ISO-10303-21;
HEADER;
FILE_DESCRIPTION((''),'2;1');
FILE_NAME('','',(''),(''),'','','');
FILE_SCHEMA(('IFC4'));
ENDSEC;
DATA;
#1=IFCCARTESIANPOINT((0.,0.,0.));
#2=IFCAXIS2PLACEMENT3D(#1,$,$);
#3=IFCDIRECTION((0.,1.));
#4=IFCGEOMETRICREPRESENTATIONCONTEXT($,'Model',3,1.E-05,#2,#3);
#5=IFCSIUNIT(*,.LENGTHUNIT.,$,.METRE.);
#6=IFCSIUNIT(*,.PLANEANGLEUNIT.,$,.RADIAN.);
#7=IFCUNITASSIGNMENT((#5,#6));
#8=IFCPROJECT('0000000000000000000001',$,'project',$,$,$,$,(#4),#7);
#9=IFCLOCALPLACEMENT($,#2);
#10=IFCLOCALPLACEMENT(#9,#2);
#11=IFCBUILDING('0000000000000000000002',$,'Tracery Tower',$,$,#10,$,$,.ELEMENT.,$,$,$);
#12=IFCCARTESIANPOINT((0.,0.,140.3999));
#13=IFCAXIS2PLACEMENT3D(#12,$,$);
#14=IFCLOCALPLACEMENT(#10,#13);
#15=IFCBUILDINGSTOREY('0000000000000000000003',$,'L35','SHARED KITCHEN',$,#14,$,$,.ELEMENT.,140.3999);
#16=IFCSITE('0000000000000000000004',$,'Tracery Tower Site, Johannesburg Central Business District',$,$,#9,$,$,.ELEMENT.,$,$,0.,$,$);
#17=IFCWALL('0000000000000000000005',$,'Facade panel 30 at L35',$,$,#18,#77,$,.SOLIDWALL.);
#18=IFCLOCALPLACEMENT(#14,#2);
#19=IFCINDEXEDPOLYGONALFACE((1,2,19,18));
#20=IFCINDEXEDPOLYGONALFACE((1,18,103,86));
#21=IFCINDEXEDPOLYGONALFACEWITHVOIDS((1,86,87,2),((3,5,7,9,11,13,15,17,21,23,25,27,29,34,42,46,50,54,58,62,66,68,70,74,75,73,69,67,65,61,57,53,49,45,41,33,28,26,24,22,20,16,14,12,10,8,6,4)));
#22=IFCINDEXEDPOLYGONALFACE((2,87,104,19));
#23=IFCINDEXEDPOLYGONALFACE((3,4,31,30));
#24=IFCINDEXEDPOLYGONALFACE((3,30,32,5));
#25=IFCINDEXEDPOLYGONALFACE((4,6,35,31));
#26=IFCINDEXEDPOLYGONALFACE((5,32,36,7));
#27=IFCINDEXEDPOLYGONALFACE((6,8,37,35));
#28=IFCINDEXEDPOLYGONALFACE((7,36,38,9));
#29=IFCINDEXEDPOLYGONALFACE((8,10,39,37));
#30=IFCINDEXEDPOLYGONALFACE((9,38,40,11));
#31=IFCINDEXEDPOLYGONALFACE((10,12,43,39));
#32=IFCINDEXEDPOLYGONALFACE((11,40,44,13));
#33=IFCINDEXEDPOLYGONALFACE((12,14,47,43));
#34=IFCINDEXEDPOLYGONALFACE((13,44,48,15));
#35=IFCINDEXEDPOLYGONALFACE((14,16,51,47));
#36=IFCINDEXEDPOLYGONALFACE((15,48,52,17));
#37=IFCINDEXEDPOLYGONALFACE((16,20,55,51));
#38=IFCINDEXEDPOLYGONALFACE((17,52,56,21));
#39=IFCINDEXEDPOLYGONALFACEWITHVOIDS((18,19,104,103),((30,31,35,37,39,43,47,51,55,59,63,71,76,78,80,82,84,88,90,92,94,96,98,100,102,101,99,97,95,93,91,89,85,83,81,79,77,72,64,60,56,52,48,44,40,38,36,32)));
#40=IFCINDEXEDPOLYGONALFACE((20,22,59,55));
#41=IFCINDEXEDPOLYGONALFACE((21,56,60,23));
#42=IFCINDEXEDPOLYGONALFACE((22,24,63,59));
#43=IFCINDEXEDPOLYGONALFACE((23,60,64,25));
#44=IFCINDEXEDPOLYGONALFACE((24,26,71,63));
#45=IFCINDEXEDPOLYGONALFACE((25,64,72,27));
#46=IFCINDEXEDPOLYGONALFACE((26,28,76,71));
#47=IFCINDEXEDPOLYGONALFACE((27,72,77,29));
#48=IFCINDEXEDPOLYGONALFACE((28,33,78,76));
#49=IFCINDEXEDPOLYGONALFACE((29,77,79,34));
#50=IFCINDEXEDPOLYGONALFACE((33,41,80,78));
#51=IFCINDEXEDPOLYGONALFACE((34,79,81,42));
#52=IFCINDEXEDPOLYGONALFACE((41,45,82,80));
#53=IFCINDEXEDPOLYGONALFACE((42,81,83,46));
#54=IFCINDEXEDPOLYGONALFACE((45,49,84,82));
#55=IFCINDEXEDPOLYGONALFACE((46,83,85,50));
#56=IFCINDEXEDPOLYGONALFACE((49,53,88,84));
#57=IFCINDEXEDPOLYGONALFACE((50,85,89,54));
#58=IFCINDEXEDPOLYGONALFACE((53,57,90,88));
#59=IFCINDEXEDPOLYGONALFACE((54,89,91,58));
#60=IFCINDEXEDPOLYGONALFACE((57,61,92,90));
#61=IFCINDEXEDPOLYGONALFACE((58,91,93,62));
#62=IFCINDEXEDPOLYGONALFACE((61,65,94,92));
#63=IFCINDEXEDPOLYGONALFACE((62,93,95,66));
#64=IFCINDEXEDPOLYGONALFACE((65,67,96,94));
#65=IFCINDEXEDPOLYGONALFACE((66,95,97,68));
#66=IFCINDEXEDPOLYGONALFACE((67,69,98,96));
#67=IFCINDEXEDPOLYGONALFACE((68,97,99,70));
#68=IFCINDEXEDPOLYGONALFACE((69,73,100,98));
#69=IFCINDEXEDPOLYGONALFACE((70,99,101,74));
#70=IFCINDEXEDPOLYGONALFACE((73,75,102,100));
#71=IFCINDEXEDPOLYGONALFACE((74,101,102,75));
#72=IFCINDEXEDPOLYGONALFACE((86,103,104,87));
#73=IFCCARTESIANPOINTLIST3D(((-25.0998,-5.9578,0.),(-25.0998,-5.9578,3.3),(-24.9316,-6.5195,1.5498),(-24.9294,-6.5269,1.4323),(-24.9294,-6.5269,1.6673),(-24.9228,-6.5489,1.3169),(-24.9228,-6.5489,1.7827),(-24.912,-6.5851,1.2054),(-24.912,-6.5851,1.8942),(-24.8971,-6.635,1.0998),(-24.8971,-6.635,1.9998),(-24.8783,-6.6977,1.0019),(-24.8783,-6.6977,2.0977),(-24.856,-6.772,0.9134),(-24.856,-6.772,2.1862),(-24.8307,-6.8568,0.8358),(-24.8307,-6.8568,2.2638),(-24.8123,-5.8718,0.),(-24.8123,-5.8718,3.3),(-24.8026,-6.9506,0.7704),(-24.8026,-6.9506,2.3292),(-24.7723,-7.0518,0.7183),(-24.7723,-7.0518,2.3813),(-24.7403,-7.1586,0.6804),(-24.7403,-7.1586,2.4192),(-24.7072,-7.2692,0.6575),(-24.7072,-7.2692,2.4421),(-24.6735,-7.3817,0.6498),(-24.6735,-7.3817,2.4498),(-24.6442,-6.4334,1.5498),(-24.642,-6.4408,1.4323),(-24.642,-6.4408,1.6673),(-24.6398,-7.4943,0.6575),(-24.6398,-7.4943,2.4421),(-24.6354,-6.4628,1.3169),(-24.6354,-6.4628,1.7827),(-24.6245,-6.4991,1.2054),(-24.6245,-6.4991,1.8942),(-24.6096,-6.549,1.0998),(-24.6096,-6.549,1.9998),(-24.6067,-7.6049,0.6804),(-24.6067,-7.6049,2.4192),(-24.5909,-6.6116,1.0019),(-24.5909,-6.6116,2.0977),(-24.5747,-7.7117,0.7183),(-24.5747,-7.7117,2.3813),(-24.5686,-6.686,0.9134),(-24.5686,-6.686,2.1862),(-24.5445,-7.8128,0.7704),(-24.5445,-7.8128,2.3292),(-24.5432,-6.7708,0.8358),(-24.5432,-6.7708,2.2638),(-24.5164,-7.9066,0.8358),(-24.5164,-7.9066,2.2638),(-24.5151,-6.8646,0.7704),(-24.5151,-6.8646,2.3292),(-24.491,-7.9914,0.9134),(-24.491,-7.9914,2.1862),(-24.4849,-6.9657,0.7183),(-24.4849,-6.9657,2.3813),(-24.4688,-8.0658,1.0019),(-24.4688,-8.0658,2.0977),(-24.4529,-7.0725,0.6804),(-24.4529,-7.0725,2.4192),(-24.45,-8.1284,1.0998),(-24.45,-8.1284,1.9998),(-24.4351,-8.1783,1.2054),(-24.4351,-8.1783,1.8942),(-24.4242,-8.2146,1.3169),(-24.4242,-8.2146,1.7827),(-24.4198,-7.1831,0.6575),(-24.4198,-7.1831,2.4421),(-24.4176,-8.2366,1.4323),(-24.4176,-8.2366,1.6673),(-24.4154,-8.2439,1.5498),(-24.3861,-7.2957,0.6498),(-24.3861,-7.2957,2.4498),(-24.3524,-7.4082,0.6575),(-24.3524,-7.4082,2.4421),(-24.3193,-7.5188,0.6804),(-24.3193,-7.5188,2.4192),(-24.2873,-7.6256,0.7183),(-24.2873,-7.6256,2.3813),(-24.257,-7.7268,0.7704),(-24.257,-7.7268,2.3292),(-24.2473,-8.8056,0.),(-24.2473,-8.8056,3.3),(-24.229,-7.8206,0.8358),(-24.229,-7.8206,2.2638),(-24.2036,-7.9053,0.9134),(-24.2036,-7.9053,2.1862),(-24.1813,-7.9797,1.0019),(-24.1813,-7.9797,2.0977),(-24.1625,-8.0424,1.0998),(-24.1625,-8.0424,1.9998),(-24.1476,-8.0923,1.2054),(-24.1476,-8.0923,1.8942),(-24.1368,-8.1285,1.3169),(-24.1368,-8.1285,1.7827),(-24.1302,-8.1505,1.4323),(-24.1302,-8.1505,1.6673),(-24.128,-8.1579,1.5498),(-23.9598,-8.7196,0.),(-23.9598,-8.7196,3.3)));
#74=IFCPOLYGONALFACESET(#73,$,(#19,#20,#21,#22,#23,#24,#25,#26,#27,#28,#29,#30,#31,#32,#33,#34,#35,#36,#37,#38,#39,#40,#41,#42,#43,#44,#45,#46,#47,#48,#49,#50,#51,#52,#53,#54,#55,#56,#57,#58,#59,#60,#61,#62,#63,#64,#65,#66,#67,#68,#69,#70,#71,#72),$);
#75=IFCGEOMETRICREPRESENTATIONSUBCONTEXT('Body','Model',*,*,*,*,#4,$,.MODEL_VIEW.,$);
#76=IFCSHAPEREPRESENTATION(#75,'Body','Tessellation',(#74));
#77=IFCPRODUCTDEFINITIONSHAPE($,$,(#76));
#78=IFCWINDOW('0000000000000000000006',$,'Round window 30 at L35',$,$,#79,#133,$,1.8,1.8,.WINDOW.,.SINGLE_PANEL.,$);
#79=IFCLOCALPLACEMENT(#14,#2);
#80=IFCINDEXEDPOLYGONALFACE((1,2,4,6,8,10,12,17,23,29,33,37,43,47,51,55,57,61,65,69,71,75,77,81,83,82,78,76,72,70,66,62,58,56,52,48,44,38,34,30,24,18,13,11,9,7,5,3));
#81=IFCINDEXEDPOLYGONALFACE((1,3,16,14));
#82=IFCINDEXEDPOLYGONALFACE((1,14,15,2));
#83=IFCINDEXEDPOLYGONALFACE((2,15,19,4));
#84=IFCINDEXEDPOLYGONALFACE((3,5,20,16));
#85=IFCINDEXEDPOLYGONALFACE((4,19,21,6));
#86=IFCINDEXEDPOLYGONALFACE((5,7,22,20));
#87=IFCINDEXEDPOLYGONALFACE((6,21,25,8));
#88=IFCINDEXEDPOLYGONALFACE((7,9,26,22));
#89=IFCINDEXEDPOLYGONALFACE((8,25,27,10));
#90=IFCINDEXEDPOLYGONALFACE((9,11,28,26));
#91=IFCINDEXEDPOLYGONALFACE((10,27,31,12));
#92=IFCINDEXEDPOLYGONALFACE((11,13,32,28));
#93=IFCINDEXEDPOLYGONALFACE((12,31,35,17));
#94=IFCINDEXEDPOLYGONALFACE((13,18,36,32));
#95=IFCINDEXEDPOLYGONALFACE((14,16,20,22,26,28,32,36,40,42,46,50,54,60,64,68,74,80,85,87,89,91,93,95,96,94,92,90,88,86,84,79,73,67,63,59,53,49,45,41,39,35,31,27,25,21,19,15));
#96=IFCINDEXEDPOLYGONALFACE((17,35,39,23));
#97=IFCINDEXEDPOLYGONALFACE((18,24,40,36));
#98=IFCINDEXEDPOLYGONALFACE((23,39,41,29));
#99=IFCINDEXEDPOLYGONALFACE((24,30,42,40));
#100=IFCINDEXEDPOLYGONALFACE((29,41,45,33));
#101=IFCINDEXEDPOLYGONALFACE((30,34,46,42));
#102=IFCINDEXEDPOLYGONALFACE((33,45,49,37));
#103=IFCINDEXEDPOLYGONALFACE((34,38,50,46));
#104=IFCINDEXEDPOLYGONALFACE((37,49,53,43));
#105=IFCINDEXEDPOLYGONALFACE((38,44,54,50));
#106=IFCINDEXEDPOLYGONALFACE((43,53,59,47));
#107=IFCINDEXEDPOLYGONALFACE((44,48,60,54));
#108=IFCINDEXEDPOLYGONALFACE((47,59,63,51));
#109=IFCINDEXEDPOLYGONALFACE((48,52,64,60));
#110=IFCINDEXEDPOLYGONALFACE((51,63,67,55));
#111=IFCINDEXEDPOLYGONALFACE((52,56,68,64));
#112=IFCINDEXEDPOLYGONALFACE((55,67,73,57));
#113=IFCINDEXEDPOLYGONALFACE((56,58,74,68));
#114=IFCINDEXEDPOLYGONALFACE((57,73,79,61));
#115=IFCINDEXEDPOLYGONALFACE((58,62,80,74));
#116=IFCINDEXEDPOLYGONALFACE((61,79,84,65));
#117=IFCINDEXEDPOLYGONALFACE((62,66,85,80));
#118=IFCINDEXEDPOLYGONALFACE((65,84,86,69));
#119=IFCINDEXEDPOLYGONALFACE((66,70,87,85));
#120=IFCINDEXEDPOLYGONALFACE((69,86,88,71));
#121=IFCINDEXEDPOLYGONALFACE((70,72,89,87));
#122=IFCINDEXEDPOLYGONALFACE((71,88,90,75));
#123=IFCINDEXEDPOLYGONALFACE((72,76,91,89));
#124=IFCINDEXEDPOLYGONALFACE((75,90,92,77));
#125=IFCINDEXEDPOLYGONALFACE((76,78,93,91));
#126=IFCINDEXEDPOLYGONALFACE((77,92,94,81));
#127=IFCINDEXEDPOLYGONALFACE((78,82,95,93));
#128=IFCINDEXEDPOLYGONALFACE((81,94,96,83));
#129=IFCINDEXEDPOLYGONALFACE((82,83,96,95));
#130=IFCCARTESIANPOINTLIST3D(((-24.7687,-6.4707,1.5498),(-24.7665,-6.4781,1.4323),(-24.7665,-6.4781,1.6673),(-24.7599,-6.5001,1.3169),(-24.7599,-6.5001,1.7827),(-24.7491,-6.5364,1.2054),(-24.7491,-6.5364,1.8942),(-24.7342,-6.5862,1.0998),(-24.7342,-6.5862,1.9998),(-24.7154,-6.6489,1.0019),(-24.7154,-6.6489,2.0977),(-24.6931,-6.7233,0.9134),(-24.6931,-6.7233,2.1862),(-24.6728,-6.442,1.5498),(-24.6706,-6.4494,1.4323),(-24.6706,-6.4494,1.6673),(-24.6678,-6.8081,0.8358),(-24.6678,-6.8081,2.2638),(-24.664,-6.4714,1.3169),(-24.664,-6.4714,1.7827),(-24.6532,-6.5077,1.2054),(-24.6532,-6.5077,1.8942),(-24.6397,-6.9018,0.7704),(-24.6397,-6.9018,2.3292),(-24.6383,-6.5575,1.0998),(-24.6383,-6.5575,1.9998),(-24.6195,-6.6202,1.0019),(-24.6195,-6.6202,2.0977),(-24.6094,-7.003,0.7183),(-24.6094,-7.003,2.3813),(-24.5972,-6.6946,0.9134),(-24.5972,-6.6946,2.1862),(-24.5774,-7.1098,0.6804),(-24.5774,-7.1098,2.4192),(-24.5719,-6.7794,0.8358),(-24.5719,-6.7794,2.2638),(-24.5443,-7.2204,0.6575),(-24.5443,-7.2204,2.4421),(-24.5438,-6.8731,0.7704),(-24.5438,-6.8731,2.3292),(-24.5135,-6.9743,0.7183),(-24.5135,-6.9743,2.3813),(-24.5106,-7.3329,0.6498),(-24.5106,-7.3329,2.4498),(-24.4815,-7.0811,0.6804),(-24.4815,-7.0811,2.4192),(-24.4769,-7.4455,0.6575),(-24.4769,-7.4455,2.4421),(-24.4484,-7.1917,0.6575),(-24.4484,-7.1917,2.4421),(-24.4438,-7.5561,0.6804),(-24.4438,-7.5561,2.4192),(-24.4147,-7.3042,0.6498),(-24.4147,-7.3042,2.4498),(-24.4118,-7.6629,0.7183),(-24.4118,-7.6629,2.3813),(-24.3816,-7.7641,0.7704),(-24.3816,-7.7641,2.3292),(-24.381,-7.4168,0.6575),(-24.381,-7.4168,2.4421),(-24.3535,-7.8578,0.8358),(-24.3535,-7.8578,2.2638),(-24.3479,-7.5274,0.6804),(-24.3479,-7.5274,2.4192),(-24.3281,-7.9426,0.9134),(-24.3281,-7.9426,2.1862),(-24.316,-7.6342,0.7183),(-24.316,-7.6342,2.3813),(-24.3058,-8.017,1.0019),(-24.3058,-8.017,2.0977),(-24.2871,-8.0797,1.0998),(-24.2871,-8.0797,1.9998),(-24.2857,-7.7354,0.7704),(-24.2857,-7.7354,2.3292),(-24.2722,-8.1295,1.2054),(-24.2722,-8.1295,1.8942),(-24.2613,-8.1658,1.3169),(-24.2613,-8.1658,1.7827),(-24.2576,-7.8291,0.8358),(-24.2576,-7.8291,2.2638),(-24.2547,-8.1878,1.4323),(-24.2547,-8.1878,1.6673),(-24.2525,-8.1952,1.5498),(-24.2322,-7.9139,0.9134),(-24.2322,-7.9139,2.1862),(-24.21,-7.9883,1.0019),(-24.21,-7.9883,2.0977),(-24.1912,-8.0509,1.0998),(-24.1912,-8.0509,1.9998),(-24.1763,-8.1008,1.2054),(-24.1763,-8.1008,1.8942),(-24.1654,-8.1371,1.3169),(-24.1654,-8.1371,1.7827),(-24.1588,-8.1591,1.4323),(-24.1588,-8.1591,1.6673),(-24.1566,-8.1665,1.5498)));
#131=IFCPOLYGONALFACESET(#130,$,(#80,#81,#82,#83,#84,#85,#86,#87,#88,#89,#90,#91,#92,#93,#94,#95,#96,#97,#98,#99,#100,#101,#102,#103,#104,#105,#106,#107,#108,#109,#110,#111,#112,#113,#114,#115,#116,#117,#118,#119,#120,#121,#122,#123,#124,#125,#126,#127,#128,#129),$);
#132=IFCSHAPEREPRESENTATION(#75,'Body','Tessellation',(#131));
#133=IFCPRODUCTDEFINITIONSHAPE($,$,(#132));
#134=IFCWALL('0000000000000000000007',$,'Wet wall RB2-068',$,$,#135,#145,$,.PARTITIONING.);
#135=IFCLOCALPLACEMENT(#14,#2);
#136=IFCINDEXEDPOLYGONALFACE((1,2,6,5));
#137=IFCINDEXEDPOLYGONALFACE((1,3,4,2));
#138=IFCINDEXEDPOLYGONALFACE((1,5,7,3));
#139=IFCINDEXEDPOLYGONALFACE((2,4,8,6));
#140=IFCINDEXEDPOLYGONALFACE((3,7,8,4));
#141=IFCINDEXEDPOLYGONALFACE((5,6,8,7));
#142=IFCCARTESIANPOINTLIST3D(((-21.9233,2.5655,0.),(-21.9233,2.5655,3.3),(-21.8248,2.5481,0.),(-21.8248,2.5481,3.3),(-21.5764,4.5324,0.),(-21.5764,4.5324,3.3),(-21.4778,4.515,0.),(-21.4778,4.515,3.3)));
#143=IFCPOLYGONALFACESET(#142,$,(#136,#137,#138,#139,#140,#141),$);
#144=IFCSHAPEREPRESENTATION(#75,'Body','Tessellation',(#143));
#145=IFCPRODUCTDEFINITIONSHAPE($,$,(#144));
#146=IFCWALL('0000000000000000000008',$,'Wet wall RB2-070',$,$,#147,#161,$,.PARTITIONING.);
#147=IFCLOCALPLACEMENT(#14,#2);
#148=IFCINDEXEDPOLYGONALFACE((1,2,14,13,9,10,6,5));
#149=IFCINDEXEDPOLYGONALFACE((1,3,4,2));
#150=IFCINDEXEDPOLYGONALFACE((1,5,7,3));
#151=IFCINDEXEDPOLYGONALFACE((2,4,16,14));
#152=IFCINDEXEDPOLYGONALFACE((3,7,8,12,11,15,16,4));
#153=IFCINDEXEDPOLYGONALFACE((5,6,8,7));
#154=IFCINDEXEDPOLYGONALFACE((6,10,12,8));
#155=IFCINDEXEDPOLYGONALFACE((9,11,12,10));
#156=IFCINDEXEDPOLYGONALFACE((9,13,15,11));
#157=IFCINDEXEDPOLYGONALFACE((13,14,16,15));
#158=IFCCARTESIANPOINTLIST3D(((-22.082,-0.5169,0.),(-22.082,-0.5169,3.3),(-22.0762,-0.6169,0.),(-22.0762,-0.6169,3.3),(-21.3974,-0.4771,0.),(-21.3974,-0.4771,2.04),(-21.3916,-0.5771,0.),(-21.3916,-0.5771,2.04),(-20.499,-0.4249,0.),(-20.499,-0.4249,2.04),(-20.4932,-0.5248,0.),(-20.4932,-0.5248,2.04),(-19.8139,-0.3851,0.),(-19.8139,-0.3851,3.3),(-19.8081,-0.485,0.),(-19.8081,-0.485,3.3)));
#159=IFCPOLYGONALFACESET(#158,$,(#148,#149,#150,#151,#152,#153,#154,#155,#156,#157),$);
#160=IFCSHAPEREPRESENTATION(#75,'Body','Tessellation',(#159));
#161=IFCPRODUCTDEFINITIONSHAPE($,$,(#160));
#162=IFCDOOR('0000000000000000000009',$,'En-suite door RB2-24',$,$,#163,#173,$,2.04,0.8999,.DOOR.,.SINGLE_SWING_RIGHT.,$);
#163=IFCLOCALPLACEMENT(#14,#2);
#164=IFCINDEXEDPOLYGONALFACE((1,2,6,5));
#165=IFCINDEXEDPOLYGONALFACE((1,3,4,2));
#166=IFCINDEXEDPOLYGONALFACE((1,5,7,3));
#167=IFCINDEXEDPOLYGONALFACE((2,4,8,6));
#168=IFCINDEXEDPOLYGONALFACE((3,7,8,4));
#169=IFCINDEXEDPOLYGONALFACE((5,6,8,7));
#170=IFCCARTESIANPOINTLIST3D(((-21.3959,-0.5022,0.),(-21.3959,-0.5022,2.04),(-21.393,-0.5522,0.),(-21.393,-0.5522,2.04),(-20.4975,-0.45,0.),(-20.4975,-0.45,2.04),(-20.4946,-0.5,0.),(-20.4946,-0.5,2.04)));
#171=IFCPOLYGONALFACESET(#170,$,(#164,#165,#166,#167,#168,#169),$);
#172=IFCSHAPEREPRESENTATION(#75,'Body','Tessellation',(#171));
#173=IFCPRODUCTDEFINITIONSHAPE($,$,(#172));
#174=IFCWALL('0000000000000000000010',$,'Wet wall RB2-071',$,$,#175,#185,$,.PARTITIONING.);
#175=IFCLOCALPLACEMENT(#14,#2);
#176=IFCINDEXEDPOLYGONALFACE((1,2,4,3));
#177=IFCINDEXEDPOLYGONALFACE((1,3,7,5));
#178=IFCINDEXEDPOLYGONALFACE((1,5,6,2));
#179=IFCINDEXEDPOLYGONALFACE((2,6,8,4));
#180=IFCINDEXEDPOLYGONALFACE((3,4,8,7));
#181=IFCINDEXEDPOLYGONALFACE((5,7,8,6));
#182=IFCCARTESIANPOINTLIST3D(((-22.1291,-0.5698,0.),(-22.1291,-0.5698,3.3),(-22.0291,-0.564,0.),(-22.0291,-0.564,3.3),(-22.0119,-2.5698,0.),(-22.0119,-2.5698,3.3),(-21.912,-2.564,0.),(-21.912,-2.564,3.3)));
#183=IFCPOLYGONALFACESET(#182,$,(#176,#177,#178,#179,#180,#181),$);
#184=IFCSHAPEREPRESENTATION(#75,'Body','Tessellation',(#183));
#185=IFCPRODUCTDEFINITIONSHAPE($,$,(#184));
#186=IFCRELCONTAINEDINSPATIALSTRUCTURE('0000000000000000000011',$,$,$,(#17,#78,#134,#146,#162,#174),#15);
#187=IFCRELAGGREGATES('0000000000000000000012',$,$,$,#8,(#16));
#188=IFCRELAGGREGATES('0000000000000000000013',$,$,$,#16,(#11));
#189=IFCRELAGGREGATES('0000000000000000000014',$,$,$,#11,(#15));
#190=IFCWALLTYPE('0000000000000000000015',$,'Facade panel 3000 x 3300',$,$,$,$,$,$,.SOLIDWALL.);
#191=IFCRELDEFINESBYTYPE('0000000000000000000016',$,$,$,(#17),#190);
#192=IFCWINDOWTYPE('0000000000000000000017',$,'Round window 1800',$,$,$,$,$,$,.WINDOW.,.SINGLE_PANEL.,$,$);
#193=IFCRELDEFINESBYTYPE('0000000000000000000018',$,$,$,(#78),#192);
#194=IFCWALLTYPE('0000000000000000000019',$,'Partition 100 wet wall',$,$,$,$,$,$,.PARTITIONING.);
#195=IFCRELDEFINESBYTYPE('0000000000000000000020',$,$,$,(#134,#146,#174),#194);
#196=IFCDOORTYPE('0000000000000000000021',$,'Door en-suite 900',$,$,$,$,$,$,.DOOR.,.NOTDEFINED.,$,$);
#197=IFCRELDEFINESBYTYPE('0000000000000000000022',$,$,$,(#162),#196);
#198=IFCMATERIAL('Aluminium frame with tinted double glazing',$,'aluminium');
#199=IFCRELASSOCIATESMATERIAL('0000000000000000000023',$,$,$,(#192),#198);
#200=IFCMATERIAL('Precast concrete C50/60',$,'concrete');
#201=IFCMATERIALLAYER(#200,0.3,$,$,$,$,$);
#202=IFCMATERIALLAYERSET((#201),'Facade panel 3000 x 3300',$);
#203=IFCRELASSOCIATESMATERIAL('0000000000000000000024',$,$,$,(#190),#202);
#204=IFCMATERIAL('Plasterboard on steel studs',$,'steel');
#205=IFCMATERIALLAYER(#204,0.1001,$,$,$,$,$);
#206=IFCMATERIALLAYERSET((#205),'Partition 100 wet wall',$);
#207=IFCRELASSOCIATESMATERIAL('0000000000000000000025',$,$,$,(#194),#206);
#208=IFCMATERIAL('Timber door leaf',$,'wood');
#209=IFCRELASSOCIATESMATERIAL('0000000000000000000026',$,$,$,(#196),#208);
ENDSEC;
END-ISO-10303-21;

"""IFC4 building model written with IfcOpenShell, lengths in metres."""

from ifc_helpers import new_model, si_unit, direction, frame, frame_2d, origin, origin_2d, place, context, subcontext, project, spatial, rectangle, circle, extrude, material, layer, layer_set, type_object, element, fill, save


model = new_model("IFC4")

# Units and contexts
model_context = context("Model", 3, precision=1e-05, world=origin(), true_north=direction((0.0, 1.0)))
body_context = subcontext(model_context, "Body", "Model", "MODEL_VIEW")
ifc_project = project(units=[si_unit("LENGTHUNIT", "METRE"), si_unit("PLANEANGLEUNIT", "RADIAN")], contexts=[model_context])

# Site, building, storey
site_placement = place(None, origin())
site = spatial("IfcSite", under=ifc_project, at=site_placement, Name="Tracery Tower Site, Johannesburg Central Business District", CompositionType="ELEMENT", RefElevation=0.0)
building_placement = place(site_placement, origin())
building = spatial("IfcBuilding", under=site, at=building_placement, Name="Tracery Tower", CompositionType="ELEMENT")
storey_placement = place(building_placement, frame((0.0, 0.0, 140.3999)))
storey = spatial("IfcBuildingStorey", under=building, at=storey_placement, Name="L35", Description="SHARED KITCHEN", CompositionType="ELEMENT", Elevation=140.3999)

# Wall, opening, window
ifc_material_1 = material(Name="Aluminium frame with tinted double glazing", Category="aluminium")
window_type = type_object("IfcWindowType", Name="Round window 1800", PartitioningType="SINGLE_PANEL", PredefinedType="WINDOW", material=ifc_material_1)
ifc_material_2 = material(Name="Precast concrete C50/60", Category="concrete")
ifc_layer_1 = layer(ifc_material_2, 0.3)
ifc_layer_set_1 = layer_set([ifc_layer_1], Name="Facade panel 3000 x 3300")
wall_type_1 = type_object("IfcWallType", Name="Facade panel 3000 x 3300", PredefinedType="SOLIDWALL", material=ifc_layer_set_1)
wall_1_placement = place(storey_placement, frame((-24.9561, -5.9148, 0.0), z_axis=(0.0, 0.0, 1.0), x_axis=(0.286783, -0.957996, 0.0)))
wall_1 = element("IfcWall", 1, at=wall_1_placement, inside=storey, type_object=wall_type_1, Name="Facade panel 30 at L35", PredefinedType="SOLIDWALL", context=body_context, shape_type="SweptSolid", body=[
    extrude(rectangle(XDim=2.9727, YDim=0.3, at=frame_2d((1.4863, 0.0))), origin(), (0.0, 0.0, 1.0), 3.3),
])
opening_1_placement = place(wall_1_placement, frame((1.4863, 0.0, 1.5498)))
opening_1 = element("IfcOpeningElement", 2, at=opening_1_placement, cuts=wall_1, PredefinedType="OPENING", context=body_context, shape_type="SweptSolid", body=[
    extrude(circle(Radius=0.9, at=origin_2d()), frame((0.0, 0.1599, 0.0), z_axis=(0.0, -1.0, 0.0), x_axis=(1.0, 0.0, 0.0)), (0.0, 0.0, 1.0), 0.3201),
])
window_1_placement = place(opening_1_placement, origin())
window_1 = element("IfcWindow", 3, at=window_1_placement, inside=storey, type_object=window_type, Name="Round window 30 at L35", OverallHeight=1.8, OverallWidth=1.8, PartitioningType="SINGLE_PANEL", PredefinedType="WINDOW", context=body_context, shape_type="SweptSolid", body=[
    extrude(circle(Radius=0.9, at=origin_2d()), frame((0.0, 0.1201, 0.0), z_axis=(0.0, -1.0, 0.0), x_axis=(1.0, 0.0, 0.0)), (0.0, 0.0, 1.0), 0.1001),
])
fill(opening_1, window_1)

# Wall
ifc_material_3 = material(Name="Plasterboard on steel studs", Category="steel")
ifc_layer_2 = layer(ifc_material_3, 0.1001)
ifc_layer_set_2 = layer_set([ifc_layer_2], Name="Partition 100 wet wall")
wall_type_2 = type_object("IfcWallType", Name="Partition 100 wet wall", PredefinedType="PARTITIONING", material=ifc_layer_set_2)
wall_2_placement = place(storey_placement, frame((-21.874, 2.5569, 0.0), z_axis=(0.0, 0.0, 1.0), x_axis=(0.173688, 0.984801, 0.0)))
element("IfcWall", 4, at=wall_2_placement, inside=storey, type_object=wall_type_2, Name="Wet wall RB2-068", PredefinedType="PARTITIONING", context=body_context, shape_type="SweptSolid", body=[
    extrude(rectangle(XDim=1.9973, YDim=0.1001, at=frame_2d((0.9985, 0.0))), origin(), (0.0, 0.0, 1.0), 3.3),
])

# Wall, opening, door
wall_3_placement = place(storey_placement, frame((-22.0791, -0.5669, 0.0), z_axis=(0.0, 0.0, 1.0), x_axis=(0.998315, 0.058029, 0.0)))
wall_3 = element("IfcWall", 5, at=wall_3_placement, inside=storey, type_object=wall_type_2, Name="Wet wall RB2-070", PredefinedType="PARTITIONING", context=body_context, shape_type="SweptSolid", body=[
    extrude(rectangle(XDim=2.272, YDim=0.1001, at=frame_2d((1.136, 0.0))), origin(), (0.0, 0.0, 1.0), 3.3),
])
opening_2_placement = place(wall_3_placement, frame((0.6858, 0.0, 0.0)))
opening_2 = element("IfcOpeningElement", 6, at=opening_2_placement, cuts=wall_3, PredefinedType="OPENING", context=body_context, shape_type="SweptSolid", body=[
    extrude(rectangle(XDim=0.8999, YDim=2.04, at=frame_2d((0.45, 1.02))), frame((0.0, 0.05, 0.0), z_axis=(0.0, -1.0, 0.0), x_axis=(1.0, 0.0, 0.0)), (0.0, 0.0, 1.0), 0.1001),
])
ifc_material_4 = material(Name="Timber door leaf", Category="wood")
door_type_1 = type_object("IfcDoorType", Name="Door en-suite 900", OperationType="NOTDEFINED", PredefinedType="DOOR", material=ifc_material_4)
door_1_placement = place(opening_2_placement, origin())
door_1 = element("IfcDoor", 7, at=door_1_placement, inside=storey, type_object=door_type_1, Name="En-suite door RB2-24", OperationType="SINGLE_SWING_RIGHT", OverallHeight=2.04, OverallWidth=0.8999, PredefinedType="DOOR", context=body_context, shape_type="SweptSolid", body=[
    extrude(rectangle(XDim=0.8999, YDim=2.04, at=frame_2d((0.45, 1.02))), frame((0.0, 0.0249, 0.0), z_axis=(0.0, -1.0, 0.0), x_axis=(1.0, 0.0, 0.0)), (0.0, 0.0, 1.0), 0.05),
])
fill(opening_2, door_1)

# Wall
wall_4_placement = place(storey_placement, frame((-22.0791, -0.5669, 0.0), z_axis=(0.0, 0.0, 1.0), x_axis=(0.058493, -0.998288, 0.0)))
element("IfcWall", 8, at=wall_4_placement, inside=storey, type_object=wall_type_2, Name="Wet wall RB2-071", PredefinedType="PARTITIONING", context=body_context, shape_type="SweptSolid", body=[
    extrude(rectangle(XDim=2.0034, YDim=0.1001, at=frame_2d((1.0017, 0.0))), origin(), (0.0, 0.0, 1.0), 3.3),
])

save(model, "model.ifc")
